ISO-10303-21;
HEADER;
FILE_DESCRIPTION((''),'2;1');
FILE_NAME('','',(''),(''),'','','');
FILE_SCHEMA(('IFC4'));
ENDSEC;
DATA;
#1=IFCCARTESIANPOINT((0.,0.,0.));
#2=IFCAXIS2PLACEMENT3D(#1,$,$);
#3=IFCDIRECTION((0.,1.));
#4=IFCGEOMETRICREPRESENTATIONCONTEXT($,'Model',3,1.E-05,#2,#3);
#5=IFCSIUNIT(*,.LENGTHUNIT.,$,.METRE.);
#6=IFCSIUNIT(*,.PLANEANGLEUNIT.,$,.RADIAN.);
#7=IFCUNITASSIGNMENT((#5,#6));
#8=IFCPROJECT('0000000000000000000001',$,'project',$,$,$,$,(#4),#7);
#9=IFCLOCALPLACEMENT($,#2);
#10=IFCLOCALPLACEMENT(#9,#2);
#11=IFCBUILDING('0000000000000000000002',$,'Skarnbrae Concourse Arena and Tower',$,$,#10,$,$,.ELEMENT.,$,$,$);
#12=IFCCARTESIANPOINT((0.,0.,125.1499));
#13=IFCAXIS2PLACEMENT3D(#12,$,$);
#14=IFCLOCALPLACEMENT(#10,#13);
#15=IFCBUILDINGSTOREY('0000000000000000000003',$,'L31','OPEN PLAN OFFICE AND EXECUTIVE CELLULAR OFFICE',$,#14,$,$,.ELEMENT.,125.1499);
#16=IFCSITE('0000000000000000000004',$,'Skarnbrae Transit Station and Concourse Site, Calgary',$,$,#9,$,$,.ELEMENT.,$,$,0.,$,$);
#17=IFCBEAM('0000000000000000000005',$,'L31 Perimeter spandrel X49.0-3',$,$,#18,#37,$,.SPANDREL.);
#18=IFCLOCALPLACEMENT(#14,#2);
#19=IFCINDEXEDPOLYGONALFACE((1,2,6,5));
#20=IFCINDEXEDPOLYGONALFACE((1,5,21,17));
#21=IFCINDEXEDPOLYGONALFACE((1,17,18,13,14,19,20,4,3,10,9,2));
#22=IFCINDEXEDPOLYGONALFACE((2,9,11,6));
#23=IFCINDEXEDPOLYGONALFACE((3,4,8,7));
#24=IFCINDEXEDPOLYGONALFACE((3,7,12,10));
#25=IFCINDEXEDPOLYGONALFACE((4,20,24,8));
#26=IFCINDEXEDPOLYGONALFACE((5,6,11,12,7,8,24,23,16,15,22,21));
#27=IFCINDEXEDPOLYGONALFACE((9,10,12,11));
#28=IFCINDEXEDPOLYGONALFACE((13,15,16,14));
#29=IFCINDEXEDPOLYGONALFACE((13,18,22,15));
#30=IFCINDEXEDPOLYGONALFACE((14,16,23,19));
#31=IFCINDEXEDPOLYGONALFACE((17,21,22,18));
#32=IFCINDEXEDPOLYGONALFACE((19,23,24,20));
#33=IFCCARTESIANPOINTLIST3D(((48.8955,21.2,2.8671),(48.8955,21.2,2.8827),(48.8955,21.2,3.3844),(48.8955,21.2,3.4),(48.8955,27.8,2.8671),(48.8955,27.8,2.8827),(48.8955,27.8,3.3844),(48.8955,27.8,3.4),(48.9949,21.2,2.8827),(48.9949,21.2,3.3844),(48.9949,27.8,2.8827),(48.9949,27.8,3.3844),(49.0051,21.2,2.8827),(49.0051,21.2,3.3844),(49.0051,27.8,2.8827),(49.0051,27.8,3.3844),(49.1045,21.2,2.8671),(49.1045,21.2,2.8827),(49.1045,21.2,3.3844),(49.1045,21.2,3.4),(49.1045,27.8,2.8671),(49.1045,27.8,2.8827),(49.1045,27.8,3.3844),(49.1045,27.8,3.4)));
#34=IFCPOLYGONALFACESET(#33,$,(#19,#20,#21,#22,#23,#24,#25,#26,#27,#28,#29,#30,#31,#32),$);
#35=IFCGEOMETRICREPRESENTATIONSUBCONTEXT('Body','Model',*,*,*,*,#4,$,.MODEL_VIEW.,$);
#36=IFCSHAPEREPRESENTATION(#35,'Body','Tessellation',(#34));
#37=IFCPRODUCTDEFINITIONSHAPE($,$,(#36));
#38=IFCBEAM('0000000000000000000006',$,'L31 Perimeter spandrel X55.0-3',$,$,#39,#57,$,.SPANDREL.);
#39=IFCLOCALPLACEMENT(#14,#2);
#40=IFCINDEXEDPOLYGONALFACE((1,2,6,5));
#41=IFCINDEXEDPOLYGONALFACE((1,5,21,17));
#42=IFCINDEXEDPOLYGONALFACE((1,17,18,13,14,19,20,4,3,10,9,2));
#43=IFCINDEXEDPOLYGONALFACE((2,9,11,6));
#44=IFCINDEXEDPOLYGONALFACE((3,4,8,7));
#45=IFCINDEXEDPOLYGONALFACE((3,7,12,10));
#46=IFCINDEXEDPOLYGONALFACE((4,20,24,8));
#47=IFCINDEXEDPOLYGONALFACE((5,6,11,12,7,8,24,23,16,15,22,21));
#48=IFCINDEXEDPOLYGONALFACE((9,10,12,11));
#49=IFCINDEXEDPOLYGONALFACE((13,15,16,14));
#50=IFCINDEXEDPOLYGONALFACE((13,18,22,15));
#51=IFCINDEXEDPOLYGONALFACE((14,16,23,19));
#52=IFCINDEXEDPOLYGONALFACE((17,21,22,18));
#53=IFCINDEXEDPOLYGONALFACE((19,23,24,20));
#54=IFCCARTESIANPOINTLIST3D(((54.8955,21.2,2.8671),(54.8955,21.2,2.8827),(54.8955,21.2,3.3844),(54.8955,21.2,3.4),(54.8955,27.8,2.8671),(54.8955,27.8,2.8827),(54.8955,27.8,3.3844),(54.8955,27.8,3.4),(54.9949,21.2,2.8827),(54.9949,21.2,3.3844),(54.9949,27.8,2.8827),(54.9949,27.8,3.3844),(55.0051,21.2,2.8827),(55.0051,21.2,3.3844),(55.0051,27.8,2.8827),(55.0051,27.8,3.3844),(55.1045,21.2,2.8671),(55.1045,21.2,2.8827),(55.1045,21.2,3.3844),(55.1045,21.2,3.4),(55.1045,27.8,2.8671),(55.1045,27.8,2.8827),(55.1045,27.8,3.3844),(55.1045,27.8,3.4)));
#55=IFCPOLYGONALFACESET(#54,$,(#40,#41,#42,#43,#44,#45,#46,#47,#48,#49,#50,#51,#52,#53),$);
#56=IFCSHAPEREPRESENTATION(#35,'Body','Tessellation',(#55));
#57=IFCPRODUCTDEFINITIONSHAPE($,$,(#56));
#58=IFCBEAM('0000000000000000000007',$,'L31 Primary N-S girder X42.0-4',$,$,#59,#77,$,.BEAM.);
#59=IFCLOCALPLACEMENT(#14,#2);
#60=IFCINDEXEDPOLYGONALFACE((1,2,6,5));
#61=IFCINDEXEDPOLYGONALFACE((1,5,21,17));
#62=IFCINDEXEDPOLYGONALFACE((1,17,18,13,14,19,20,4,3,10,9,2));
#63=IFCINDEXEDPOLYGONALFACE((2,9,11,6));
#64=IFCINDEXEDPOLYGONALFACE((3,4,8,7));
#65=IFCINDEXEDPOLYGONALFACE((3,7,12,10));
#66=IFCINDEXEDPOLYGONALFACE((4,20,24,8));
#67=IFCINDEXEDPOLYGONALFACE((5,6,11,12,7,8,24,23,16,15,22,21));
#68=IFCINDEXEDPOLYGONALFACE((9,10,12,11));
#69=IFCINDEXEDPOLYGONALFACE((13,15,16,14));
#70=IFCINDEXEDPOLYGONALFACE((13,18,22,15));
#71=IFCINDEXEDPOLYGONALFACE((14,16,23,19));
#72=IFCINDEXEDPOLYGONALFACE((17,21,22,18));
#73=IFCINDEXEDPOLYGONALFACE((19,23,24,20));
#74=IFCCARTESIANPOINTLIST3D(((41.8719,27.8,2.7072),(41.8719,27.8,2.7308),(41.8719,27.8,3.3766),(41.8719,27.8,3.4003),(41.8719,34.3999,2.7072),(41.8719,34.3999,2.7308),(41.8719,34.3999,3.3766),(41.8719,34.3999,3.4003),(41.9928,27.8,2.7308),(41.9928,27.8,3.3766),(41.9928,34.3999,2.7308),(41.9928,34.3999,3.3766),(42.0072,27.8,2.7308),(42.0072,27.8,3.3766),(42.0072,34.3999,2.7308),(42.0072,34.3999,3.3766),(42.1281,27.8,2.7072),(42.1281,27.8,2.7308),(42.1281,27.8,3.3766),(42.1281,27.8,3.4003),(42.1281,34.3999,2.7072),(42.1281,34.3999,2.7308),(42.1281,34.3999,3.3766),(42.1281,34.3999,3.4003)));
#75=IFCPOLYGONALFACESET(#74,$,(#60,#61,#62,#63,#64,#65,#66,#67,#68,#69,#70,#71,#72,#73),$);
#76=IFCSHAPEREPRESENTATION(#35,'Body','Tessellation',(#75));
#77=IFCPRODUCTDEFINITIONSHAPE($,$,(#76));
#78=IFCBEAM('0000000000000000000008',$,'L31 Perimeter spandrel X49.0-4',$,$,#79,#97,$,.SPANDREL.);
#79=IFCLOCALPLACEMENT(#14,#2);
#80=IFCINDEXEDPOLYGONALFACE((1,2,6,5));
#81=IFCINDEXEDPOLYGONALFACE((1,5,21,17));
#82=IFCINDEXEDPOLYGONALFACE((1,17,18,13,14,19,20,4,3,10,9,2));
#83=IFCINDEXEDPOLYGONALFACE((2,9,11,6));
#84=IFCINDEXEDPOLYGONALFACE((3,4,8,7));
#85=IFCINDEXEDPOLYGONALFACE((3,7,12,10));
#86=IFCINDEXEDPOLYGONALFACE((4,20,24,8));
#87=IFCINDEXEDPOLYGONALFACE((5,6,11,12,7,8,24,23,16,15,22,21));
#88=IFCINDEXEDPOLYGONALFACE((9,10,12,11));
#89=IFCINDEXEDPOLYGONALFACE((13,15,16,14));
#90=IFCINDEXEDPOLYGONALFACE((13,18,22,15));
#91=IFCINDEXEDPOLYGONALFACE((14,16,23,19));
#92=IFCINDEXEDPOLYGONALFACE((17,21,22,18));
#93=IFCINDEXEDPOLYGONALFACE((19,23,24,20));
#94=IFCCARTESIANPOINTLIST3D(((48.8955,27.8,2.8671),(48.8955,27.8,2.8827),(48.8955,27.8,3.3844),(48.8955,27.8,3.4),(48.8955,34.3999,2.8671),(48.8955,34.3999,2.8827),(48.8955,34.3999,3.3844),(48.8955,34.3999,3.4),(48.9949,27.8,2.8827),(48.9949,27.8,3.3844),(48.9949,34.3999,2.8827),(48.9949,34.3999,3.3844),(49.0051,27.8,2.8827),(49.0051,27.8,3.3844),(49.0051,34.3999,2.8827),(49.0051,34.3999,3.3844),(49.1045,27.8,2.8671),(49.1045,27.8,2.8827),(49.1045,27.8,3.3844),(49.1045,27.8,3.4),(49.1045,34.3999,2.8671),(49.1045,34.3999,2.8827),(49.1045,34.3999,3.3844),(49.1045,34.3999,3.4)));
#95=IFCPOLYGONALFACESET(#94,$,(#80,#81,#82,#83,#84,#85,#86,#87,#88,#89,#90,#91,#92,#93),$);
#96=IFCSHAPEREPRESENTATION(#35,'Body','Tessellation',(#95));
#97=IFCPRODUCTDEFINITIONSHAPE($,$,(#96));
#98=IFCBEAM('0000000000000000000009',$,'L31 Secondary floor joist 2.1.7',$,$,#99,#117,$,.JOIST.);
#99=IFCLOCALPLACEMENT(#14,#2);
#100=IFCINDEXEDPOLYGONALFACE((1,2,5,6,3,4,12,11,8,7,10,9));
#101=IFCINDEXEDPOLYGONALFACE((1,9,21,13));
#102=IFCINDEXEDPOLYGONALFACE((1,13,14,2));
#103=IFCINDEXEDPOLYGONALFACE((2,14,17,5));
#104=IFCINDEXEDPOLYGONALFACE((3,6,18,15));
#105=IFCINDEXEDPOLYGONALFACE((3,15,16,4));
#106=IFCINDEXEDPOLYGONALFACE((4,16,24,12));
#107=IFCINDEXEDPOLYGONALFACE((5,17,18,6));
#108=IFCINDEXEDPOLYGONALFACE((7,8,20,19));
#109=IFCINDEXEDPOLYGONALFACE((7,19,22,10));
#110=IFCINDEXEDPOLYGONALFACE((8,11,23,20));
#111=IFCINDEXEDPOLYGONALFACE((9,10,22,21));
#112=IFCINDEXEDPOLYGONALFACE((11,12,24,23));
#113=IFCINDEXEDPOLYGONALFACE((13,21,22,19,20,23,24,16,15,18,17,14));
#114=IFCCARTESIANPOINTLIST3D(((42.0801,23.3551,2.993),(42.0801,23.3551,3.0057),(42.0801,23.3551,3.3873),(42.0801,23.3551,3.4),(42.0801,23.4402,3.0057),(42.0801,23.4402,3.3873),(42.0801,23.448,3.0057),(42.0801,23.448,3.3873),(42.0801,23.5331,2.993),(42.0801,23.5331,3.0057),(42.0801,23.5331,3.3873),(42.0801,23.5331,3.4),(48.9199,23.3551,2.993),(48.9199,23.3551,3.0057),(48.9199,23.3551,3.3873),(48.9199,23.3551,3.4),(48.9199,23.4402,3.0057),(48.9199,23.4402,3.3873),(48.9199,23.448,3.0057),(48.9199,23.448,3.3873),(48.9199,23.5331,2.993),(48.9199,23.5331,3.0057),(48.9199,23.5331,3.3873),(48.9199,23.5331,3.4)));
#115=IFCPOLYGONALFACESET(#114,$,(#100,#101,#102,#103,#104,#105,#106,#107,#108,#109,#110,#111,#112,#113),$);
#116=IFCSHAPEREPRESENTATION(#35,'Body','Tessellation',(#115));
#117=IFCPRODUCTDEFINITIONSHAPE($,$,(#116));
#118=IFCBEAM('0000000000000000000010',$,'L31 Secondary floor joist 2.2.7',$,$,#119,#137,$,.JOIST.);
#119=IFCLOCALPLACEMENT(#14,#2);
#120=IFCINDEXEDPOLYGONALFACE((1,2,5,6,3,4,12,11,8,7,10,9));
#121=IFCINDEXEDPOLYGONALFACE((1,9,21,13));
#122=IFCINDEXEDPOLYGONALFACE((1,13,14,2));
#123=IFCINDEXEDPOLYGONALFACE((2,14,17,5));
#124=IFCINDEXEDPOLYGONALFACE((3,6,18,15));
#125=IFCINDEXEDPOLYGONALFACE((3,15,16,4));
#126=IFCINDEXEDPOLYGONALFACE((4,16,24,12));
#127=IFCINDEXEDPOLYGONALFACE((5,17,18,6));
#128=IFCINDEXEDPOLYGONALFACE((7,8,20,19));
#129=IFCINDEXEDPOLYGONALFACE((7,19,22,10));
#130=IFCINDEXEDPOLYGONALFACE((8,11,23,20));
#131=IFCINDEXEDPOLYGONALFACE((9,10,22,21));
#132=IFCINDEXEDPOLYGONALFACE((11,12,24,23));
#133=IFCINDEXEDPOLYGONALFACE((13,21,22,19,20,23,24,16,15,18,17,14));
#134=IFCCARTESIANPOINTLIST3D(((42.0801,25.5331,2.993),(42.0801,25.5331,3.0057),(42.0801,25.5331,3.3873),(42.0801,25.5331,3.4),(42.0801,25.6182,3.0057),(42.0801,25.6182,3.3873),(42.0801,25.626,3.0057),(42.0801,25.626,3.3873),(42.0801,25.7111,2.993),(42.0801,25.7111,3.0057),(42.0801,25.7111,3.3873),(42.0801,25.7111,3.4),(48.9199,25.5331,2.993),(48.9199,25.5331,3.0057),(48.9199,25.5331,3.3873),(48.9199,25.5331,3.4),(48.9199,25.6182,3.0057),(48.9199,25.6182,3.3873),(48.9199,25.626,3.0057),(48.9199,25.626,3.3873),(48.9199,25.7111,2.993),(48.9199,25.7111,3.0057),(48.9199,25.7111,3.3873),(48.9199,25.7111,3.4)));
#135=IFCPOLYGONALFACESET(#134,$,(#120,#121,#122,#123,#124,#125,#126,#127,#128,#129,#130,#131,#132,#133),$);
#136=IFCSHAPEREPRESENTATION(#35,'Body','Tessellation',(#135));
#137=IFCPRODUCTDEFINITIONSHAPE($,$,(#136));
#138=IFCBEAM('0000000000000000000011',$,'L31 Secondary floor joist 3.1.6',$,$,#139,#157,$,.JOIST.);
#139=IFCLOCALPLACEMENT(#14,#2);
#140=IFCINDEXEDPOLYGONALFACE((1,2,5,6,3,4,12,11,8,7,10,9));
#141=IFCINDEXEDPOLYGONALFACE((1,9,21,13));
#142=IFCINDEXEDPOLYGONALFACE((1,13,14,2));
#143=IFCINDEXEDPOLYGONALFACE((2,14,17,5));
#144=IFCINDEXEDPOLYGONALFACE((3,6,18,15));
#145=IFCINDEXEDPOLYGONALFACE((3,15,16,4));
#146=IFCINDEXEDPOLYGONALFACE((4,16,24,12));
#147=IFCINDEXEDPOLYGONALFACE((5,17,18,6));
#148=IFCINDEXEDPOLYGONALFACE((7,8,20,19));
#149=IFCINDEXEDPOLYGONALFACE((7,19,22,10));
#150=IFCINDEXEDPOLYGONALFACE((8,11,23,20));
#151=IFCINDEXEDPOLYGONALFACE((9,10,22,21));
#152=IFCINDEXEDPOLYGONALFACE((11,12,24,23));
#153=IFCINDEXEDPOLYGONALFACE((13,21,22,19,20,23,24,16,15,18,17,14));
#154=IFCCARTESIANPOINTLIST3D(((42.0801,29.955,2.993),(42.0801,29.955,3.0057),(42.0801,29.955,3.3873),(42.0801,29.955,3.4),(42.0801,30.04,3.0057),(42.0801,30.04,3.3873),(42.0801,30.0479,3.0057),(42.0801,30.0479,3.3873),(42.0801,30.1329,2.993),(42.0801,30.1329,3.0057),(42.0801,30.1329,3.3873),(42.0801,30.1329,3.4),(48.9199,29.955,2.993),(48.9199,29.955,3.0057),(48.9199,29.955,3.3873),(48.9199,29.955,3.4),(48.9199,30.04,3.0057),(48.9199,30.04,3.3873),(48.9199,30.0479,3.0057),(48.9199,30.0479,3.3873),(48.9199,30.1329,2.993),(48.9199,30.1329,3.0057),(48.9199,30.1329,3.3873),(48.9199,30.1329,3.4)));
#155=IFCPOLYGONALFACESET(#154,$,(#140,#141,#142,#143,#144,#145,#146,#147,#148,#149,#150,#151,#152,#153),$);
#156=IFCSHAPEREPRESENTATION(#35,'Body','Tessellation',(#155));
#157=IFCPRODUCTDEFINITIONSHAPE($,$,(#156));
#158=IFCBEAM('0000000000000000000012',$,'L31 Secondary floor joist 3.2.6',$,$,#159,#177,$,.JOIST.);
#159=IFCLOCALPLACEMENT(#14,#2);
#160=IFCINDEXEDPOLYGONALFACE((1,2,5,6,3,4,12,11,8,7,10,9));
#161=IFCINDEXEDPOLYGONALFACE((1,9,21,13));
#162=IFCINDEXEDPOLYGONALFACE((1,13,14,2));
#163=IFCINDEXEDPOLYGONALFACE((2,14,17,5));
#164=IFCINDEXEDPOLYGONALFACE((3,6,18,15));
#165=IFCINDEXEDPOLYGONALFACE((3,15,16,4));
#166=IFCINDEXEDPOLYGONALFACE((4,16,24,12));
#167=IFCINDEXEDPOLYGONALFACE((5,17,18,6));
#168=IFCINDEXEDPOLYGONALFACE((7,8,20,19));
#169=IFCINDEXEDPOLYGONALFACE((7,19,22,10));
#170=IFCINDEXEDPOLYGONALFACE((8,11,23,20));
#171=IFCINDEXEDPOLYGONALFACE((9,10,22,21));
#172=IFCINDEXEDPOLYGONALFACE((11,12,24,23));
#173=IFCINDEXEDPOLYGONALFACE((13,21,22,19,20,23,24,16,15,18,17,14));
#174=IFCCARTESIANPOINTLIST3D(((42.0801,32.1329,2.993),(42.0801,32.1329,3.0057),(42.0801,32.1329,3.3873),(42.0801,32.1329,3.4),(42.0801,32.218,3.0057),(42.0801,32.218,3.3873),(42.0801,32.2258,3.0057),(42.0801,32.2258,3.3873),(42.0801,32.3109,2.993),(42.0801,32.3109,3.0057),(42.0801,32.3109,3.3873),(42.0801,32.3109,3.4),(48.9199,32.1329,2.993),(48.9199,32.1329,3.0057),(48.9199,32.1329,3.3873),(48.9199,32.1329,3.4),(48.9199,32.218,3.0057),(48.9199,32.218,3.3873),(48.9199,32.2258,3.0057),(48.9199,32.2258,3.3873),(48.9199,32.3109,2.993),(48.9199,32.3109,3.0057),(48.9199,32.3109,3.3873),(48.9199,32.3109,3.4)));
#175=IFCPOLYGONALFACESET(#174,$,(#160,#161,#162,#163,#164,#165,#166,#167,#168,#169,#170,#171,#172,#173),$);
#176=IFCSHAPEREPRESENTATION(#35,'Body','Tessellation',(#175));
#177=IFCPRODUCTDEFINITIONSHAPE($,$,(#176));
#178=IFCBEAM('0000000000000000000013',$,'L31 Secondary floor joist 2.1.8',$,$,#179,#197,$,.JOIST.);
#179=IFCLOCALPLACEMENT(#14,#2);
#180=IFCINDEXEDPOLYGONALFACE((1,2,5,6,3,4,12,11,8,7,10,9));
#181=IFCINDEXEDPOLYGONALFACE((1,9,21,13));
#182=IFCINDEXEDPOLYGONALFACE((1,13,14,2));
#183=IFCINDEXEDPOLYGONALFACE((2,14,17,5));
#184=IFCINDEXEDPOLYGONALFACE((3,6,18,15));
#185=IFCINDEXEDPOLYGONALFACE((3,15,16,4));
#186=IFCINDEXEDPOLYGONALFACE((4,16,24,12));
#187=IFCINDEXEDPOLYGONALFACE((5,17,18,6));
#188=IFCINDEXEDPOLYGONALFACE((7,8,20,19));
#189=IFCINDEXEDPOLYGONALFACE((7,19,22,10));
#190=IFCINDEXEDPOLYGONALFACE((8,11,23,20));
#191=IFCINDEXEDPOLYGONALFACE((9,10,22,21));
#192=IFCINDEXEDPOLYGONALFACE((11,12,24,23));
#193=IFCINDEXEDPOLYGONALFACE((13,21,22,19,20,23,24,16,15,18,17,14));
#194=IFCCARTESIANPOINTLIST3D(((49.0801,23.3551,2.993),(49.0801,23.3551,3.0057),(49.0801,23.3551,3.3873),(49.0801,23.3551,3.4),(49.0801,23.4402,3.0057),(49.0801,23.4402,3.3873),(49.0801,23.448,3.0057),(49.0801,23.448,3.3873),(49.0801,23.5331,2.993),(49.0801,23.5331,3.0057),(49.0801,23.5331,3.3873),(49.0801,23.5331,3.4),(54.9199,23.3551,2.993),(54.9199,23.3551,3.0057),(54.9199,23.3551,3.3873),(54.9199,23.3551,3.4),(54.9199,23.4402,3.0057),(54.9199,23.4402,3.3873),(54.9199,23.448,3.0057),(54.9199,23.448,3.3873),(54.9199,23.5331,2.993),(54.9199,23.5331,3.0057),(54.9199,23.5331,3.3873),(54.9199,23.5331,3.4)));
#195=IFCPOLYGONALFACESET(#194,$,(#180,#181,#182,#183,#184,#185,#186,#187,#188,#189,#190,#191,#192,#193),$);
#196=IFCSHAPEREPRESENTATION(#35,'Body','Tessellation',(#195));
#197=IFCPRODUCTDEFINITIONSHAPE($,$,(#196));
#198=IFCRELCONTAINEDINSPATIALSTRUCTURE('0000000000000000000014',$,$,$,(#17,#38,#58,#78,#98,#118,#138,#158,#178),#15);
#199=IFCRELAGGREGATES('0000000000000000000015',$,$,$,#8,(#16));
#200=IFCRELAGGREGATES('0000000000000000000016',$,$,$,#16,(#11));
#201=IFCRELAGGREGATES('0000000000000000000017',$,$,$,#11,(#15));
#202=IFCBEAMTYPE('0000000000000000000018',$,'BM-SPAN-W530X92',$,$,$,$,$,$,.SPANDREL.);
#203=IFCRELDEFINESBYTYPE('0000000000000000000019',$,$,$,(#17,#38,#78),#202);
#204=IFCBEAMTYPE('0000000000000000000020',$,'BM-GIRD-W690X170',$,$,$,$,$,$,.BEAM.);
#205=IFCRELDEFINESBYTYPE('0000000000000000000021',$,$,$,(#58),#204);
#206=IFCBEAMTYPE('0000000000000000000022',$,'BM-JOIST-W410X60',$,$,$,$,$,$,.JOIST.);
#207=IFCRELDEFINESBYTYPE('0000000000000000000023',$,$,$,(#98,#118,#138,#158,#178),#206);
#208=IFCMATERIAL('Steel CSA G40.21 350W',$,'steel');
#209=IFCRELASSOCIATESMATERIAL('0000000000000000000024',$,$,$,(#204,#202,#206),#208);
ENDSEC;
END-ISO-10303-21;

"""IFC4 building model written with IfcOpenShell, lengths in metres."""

from ifc_helpers import new_model, si_unit, direction, frame, origin, origin_2d, place, context, subcontext, project, spatial, i_section, extrude, source, transform, mapped, material, material_profile, profile_set, type_object, element, save


model = new_model("IFC4")

# Units and contexts
model_context = context("Model", 3, precision=1e-05, world=origin(), true_north=direction((0.0, 1.0)))
body_context = subcontext(model_context, "Body", "Model", "MODEL_VIEW")
ifc_project = project(units=[si_unit("LENGTHUNIT", "METRE"), si_unit("PLANEANGLEUNIT", "RADIAN")], contexts=[model_context])

# Site, building, storey
site_placement = place(None, origin())
site = spatial("IfcSite", under=ifc_project, at=site_placement, Name="Skarnbrae Transit Station and Concourse Site, Calgary", CompositionType="ELEMENT", RefElevation=0.0)
building_placement = place(site_placement, origin())
building = spatial("IfcBuilding", under=site, at=building_placement, Name="Skarnbrae Concourse Arena and Tower", CompositionType="ELEMENT")
storey_placement = place(building_placement, frame((0.0, 0.0, 125.1499)))
storey = spatial("IfcBuildingStorey", under=building, at=storey_placement, Name="L31", Description="OPEN PLAN OFFICE AND EXECUTIVE CELLULAR OFFICE", CompositionType="ELEMENT", Elevation=125.1499)

# Shared definitions
ifc_material_1 = material(Name="Steel CSA G40.21 350W", Category="steel")

# Beams
ifc_material_profile_1 = material_profile(ifc_material_1, i_section(OverallWidth=0.2561, OverallDepth=0.6931, WebThickness=0.0144, FlangeThickness=0.0237, at=origin_2d()), Name="W690X170")
ifc_profile_set_1 = profile_set([ifc_material_profile_1], Name="Steel CSA G40.21 350W")
beam_type_1 = type_object("IfcBeamType", Name="BM-GIRD-W690X170", PredefinedType="BEAM", material=ifc_profile_set_1)
ifc_material_profile_2 = material_profile(ifc_material_1, i_section(OverallWidth=0.209, OverallDepth=0.533, WebThickness=0.0103, FlangeThickness=0.0156, at=origin_2d()), Name="W530X92")
ifc_profile_set_2 = profile_set([ifc_material_profile_2], Name="Steel CSA G40.21 350W")
beam_type_2 = type_object("IfcBeamType", Name="BM-SPAN-W530X92", PredefinedType="SPANDREL", material=ifc_profile_set_2)
shared_shape_1 = source(origin(), body_context, "Body", "SweptSolid", [
    extrude(i_section(OverallWidth=0.209, OverallDepth=0.533, WebThickness=0.0103, FlangeThickness=0.0156, at=origin_2d()), origin(), (0.0, 0.0, 1.0), 6.6001),
])
for number, where, z_axis, x_axis, name in (
    (1, (49.0, 21.2, 3.1335), (0.0, 1.0, 0.0), (-1.0, 0.0, 0.0), "L31 Perimeter spandrel X49.0-3"),
    (2, (55.0, 21.2, 3.1335), (0.0, 1.0, 0.0), (-1.0, 0.0, 0.0), "L31 Perimeter spandrel X55.0-3"),
):
    element("IfcBeam", number, at=place(storey_placement, frame(where, z_axis=z_axis, x_axis=x_axis)), inside=storey, type_object=beam_type_2, Name=name, PredefinedType="SPANDREL", context=body_context, shape_type="MappedRepresentation", body=[
        mapped(shared_shape_1, transform((0.0, 0.0, 0.0))),
    ])
shared_shape_2 = source(origin(), body_context, "Body", "SweptSolid", [
    extrude(i_section(OverallWidth=0.2561, OverallDepth=0.6931, WebThickness=0.0144, FlangeThickness=0.0237, at=origin_2d()), origin(), (0.0, 0.0, 1.0), 6.5999),
])
beam_1_placement = place(storey_placement, frame((42.0, 27.8, 3.0537), z_axis=(0.0, 1.0, 0.0), x_axis=(-1.0, 0.0, 0.0)))
element("IfcBeam", 3, at=beam_1_placement, inside=storey, type_object=beam_type_1, Name="L31 Primary N-S girder X42.0-4", PredefinedType="BEAM", context=body_context, shape_type="MappedRepresentation", body=[
    mapped(shared_shape_2, transform((0.0, 0.0, 0.0))),
])
shared_shape_3 = source(origin(), body_context, "Body", "SweptSolid", [
    extrude(i_section(OverallWidth=0.209, OverallDepth=0.533, WebThickness=0.0103, FlangeThickness=0.0156, at=origin_2d()), origin(), (0.0, 0.0, 1.0), 6.5999),
])
beam_2_placement = place(storey_placement, frame((49.0, 27.8, 3.1335), z_axis=(0.0, 1.0, 0.0), x_axis=(-1.0, 0.0, 0.0)))
element("IfcBeam", 4, at=beam_2_placement, inside=storey, type_object=beam_type_2, Name="L31 Perimeter spandrel X49.0-4", PredefinedType="SPANDREL", context=body_context, shape_type="MappedRepresentation", body=[
    mapped(shared_shape_3, transform((0.0, 0.0, 0.0))),
])
ifc_material_profile_3 = material_profile(ifc_material_1, i_section(OverallWidth=0.178, OverallDepth=0.407, WebThickness=0.0078, FlangeThickness=0.0127, at=origin_2d()), Name="W410X60")
ifc_profile_set_3 = profile_set([ifc_material_profile_3], Name="Steel CSA G40.21 350W")
beam_type_3 = type_object("IfcBeamType", Name="BM-JOIST-W410X60", PredefinedType="JOIST", material=ifc_profile_set_3)
shared_shape_4 = source(origin(), body_context, "Body", "SweptSolid", [
    extrude(i_section(OverallWidth=0.178, OverallDepth=0.407, WebThickness=0.0078, FlangeThickness=0.0127, at=origin_2d()), origin(), (0.0, 0.0, 1.0), 6.8398),
])
for number, where, z_axis, x_axis, name in (
    (5, (42.0801, 23.4441, 3.1965), (1.0, 0.0, 0.0), (0.0, 1.0, 0.0), "L31 Secondary floor joist 2.1.7"),
    (6, (42.0801, 25.6221, 3.1965), (1.0, 0.0, 0.0), (0.0, 1.0, 0.0), "L31 Secondary floor joist 2.2.7"),
    (7, (42.0801, 30.0439, 3.1965), (1.0, 0.0, 0.0), (0.0, 1.0, 0.0), "L31 Secondary floor joist 3.1.6"),
    (8, (42.0801, 32.2219, 3.1965), (1.0, 0.0, 0.0), (0.0, 1.0, 0.0), "L31 Secondary floor joist 3.2.6"),
):
    element("IfcBeam", number, at=place(storey_placement, frame(where, z_axis=z_axis, x_axis=x_axis)), inside=storey, type_object=beam_type_3, Name=name, PredefinedType="JOIST", context=body_context, shape_type="MappedRepresentation", body=[
        mapped(shared_shape_4, transform((0.0, 0.0, 0.0))),
    ])
shared_shape_5 = source(origin(), body_context, "Body", "SweptSolid", [
    extrude(i_section(OverallWidth=0.178, OverallDepth=0.407, WebThickness=0.0078, FlangeThickness=0.0127, at=origin_2d()), origin(), (0.0, 0.0, 1.0), 5.8398),
])
for number, where, z_axis, x_axis, name in (
    (9, (49.0801, 23.4441, 3.1965), (1.0, 0.0, 0.0), (0.0, 1.0, 0.0), "L31 Secondary floor joist 2.1.8"),
):
    element("IfcBeam", number, at=place(storey_placement, frame(where, z_axis=z_axis, x_axis=x_axis)), inside=storey, type_object=beam_type_3, Name=name, PredefinedType="JOIST", context=body_context, shape_type="MappedRepresentation", body=[
        mapped(shared_shape_5, transform((0.0, 0.0, 0.0))),
    ])

save(model, "model.ifc")
